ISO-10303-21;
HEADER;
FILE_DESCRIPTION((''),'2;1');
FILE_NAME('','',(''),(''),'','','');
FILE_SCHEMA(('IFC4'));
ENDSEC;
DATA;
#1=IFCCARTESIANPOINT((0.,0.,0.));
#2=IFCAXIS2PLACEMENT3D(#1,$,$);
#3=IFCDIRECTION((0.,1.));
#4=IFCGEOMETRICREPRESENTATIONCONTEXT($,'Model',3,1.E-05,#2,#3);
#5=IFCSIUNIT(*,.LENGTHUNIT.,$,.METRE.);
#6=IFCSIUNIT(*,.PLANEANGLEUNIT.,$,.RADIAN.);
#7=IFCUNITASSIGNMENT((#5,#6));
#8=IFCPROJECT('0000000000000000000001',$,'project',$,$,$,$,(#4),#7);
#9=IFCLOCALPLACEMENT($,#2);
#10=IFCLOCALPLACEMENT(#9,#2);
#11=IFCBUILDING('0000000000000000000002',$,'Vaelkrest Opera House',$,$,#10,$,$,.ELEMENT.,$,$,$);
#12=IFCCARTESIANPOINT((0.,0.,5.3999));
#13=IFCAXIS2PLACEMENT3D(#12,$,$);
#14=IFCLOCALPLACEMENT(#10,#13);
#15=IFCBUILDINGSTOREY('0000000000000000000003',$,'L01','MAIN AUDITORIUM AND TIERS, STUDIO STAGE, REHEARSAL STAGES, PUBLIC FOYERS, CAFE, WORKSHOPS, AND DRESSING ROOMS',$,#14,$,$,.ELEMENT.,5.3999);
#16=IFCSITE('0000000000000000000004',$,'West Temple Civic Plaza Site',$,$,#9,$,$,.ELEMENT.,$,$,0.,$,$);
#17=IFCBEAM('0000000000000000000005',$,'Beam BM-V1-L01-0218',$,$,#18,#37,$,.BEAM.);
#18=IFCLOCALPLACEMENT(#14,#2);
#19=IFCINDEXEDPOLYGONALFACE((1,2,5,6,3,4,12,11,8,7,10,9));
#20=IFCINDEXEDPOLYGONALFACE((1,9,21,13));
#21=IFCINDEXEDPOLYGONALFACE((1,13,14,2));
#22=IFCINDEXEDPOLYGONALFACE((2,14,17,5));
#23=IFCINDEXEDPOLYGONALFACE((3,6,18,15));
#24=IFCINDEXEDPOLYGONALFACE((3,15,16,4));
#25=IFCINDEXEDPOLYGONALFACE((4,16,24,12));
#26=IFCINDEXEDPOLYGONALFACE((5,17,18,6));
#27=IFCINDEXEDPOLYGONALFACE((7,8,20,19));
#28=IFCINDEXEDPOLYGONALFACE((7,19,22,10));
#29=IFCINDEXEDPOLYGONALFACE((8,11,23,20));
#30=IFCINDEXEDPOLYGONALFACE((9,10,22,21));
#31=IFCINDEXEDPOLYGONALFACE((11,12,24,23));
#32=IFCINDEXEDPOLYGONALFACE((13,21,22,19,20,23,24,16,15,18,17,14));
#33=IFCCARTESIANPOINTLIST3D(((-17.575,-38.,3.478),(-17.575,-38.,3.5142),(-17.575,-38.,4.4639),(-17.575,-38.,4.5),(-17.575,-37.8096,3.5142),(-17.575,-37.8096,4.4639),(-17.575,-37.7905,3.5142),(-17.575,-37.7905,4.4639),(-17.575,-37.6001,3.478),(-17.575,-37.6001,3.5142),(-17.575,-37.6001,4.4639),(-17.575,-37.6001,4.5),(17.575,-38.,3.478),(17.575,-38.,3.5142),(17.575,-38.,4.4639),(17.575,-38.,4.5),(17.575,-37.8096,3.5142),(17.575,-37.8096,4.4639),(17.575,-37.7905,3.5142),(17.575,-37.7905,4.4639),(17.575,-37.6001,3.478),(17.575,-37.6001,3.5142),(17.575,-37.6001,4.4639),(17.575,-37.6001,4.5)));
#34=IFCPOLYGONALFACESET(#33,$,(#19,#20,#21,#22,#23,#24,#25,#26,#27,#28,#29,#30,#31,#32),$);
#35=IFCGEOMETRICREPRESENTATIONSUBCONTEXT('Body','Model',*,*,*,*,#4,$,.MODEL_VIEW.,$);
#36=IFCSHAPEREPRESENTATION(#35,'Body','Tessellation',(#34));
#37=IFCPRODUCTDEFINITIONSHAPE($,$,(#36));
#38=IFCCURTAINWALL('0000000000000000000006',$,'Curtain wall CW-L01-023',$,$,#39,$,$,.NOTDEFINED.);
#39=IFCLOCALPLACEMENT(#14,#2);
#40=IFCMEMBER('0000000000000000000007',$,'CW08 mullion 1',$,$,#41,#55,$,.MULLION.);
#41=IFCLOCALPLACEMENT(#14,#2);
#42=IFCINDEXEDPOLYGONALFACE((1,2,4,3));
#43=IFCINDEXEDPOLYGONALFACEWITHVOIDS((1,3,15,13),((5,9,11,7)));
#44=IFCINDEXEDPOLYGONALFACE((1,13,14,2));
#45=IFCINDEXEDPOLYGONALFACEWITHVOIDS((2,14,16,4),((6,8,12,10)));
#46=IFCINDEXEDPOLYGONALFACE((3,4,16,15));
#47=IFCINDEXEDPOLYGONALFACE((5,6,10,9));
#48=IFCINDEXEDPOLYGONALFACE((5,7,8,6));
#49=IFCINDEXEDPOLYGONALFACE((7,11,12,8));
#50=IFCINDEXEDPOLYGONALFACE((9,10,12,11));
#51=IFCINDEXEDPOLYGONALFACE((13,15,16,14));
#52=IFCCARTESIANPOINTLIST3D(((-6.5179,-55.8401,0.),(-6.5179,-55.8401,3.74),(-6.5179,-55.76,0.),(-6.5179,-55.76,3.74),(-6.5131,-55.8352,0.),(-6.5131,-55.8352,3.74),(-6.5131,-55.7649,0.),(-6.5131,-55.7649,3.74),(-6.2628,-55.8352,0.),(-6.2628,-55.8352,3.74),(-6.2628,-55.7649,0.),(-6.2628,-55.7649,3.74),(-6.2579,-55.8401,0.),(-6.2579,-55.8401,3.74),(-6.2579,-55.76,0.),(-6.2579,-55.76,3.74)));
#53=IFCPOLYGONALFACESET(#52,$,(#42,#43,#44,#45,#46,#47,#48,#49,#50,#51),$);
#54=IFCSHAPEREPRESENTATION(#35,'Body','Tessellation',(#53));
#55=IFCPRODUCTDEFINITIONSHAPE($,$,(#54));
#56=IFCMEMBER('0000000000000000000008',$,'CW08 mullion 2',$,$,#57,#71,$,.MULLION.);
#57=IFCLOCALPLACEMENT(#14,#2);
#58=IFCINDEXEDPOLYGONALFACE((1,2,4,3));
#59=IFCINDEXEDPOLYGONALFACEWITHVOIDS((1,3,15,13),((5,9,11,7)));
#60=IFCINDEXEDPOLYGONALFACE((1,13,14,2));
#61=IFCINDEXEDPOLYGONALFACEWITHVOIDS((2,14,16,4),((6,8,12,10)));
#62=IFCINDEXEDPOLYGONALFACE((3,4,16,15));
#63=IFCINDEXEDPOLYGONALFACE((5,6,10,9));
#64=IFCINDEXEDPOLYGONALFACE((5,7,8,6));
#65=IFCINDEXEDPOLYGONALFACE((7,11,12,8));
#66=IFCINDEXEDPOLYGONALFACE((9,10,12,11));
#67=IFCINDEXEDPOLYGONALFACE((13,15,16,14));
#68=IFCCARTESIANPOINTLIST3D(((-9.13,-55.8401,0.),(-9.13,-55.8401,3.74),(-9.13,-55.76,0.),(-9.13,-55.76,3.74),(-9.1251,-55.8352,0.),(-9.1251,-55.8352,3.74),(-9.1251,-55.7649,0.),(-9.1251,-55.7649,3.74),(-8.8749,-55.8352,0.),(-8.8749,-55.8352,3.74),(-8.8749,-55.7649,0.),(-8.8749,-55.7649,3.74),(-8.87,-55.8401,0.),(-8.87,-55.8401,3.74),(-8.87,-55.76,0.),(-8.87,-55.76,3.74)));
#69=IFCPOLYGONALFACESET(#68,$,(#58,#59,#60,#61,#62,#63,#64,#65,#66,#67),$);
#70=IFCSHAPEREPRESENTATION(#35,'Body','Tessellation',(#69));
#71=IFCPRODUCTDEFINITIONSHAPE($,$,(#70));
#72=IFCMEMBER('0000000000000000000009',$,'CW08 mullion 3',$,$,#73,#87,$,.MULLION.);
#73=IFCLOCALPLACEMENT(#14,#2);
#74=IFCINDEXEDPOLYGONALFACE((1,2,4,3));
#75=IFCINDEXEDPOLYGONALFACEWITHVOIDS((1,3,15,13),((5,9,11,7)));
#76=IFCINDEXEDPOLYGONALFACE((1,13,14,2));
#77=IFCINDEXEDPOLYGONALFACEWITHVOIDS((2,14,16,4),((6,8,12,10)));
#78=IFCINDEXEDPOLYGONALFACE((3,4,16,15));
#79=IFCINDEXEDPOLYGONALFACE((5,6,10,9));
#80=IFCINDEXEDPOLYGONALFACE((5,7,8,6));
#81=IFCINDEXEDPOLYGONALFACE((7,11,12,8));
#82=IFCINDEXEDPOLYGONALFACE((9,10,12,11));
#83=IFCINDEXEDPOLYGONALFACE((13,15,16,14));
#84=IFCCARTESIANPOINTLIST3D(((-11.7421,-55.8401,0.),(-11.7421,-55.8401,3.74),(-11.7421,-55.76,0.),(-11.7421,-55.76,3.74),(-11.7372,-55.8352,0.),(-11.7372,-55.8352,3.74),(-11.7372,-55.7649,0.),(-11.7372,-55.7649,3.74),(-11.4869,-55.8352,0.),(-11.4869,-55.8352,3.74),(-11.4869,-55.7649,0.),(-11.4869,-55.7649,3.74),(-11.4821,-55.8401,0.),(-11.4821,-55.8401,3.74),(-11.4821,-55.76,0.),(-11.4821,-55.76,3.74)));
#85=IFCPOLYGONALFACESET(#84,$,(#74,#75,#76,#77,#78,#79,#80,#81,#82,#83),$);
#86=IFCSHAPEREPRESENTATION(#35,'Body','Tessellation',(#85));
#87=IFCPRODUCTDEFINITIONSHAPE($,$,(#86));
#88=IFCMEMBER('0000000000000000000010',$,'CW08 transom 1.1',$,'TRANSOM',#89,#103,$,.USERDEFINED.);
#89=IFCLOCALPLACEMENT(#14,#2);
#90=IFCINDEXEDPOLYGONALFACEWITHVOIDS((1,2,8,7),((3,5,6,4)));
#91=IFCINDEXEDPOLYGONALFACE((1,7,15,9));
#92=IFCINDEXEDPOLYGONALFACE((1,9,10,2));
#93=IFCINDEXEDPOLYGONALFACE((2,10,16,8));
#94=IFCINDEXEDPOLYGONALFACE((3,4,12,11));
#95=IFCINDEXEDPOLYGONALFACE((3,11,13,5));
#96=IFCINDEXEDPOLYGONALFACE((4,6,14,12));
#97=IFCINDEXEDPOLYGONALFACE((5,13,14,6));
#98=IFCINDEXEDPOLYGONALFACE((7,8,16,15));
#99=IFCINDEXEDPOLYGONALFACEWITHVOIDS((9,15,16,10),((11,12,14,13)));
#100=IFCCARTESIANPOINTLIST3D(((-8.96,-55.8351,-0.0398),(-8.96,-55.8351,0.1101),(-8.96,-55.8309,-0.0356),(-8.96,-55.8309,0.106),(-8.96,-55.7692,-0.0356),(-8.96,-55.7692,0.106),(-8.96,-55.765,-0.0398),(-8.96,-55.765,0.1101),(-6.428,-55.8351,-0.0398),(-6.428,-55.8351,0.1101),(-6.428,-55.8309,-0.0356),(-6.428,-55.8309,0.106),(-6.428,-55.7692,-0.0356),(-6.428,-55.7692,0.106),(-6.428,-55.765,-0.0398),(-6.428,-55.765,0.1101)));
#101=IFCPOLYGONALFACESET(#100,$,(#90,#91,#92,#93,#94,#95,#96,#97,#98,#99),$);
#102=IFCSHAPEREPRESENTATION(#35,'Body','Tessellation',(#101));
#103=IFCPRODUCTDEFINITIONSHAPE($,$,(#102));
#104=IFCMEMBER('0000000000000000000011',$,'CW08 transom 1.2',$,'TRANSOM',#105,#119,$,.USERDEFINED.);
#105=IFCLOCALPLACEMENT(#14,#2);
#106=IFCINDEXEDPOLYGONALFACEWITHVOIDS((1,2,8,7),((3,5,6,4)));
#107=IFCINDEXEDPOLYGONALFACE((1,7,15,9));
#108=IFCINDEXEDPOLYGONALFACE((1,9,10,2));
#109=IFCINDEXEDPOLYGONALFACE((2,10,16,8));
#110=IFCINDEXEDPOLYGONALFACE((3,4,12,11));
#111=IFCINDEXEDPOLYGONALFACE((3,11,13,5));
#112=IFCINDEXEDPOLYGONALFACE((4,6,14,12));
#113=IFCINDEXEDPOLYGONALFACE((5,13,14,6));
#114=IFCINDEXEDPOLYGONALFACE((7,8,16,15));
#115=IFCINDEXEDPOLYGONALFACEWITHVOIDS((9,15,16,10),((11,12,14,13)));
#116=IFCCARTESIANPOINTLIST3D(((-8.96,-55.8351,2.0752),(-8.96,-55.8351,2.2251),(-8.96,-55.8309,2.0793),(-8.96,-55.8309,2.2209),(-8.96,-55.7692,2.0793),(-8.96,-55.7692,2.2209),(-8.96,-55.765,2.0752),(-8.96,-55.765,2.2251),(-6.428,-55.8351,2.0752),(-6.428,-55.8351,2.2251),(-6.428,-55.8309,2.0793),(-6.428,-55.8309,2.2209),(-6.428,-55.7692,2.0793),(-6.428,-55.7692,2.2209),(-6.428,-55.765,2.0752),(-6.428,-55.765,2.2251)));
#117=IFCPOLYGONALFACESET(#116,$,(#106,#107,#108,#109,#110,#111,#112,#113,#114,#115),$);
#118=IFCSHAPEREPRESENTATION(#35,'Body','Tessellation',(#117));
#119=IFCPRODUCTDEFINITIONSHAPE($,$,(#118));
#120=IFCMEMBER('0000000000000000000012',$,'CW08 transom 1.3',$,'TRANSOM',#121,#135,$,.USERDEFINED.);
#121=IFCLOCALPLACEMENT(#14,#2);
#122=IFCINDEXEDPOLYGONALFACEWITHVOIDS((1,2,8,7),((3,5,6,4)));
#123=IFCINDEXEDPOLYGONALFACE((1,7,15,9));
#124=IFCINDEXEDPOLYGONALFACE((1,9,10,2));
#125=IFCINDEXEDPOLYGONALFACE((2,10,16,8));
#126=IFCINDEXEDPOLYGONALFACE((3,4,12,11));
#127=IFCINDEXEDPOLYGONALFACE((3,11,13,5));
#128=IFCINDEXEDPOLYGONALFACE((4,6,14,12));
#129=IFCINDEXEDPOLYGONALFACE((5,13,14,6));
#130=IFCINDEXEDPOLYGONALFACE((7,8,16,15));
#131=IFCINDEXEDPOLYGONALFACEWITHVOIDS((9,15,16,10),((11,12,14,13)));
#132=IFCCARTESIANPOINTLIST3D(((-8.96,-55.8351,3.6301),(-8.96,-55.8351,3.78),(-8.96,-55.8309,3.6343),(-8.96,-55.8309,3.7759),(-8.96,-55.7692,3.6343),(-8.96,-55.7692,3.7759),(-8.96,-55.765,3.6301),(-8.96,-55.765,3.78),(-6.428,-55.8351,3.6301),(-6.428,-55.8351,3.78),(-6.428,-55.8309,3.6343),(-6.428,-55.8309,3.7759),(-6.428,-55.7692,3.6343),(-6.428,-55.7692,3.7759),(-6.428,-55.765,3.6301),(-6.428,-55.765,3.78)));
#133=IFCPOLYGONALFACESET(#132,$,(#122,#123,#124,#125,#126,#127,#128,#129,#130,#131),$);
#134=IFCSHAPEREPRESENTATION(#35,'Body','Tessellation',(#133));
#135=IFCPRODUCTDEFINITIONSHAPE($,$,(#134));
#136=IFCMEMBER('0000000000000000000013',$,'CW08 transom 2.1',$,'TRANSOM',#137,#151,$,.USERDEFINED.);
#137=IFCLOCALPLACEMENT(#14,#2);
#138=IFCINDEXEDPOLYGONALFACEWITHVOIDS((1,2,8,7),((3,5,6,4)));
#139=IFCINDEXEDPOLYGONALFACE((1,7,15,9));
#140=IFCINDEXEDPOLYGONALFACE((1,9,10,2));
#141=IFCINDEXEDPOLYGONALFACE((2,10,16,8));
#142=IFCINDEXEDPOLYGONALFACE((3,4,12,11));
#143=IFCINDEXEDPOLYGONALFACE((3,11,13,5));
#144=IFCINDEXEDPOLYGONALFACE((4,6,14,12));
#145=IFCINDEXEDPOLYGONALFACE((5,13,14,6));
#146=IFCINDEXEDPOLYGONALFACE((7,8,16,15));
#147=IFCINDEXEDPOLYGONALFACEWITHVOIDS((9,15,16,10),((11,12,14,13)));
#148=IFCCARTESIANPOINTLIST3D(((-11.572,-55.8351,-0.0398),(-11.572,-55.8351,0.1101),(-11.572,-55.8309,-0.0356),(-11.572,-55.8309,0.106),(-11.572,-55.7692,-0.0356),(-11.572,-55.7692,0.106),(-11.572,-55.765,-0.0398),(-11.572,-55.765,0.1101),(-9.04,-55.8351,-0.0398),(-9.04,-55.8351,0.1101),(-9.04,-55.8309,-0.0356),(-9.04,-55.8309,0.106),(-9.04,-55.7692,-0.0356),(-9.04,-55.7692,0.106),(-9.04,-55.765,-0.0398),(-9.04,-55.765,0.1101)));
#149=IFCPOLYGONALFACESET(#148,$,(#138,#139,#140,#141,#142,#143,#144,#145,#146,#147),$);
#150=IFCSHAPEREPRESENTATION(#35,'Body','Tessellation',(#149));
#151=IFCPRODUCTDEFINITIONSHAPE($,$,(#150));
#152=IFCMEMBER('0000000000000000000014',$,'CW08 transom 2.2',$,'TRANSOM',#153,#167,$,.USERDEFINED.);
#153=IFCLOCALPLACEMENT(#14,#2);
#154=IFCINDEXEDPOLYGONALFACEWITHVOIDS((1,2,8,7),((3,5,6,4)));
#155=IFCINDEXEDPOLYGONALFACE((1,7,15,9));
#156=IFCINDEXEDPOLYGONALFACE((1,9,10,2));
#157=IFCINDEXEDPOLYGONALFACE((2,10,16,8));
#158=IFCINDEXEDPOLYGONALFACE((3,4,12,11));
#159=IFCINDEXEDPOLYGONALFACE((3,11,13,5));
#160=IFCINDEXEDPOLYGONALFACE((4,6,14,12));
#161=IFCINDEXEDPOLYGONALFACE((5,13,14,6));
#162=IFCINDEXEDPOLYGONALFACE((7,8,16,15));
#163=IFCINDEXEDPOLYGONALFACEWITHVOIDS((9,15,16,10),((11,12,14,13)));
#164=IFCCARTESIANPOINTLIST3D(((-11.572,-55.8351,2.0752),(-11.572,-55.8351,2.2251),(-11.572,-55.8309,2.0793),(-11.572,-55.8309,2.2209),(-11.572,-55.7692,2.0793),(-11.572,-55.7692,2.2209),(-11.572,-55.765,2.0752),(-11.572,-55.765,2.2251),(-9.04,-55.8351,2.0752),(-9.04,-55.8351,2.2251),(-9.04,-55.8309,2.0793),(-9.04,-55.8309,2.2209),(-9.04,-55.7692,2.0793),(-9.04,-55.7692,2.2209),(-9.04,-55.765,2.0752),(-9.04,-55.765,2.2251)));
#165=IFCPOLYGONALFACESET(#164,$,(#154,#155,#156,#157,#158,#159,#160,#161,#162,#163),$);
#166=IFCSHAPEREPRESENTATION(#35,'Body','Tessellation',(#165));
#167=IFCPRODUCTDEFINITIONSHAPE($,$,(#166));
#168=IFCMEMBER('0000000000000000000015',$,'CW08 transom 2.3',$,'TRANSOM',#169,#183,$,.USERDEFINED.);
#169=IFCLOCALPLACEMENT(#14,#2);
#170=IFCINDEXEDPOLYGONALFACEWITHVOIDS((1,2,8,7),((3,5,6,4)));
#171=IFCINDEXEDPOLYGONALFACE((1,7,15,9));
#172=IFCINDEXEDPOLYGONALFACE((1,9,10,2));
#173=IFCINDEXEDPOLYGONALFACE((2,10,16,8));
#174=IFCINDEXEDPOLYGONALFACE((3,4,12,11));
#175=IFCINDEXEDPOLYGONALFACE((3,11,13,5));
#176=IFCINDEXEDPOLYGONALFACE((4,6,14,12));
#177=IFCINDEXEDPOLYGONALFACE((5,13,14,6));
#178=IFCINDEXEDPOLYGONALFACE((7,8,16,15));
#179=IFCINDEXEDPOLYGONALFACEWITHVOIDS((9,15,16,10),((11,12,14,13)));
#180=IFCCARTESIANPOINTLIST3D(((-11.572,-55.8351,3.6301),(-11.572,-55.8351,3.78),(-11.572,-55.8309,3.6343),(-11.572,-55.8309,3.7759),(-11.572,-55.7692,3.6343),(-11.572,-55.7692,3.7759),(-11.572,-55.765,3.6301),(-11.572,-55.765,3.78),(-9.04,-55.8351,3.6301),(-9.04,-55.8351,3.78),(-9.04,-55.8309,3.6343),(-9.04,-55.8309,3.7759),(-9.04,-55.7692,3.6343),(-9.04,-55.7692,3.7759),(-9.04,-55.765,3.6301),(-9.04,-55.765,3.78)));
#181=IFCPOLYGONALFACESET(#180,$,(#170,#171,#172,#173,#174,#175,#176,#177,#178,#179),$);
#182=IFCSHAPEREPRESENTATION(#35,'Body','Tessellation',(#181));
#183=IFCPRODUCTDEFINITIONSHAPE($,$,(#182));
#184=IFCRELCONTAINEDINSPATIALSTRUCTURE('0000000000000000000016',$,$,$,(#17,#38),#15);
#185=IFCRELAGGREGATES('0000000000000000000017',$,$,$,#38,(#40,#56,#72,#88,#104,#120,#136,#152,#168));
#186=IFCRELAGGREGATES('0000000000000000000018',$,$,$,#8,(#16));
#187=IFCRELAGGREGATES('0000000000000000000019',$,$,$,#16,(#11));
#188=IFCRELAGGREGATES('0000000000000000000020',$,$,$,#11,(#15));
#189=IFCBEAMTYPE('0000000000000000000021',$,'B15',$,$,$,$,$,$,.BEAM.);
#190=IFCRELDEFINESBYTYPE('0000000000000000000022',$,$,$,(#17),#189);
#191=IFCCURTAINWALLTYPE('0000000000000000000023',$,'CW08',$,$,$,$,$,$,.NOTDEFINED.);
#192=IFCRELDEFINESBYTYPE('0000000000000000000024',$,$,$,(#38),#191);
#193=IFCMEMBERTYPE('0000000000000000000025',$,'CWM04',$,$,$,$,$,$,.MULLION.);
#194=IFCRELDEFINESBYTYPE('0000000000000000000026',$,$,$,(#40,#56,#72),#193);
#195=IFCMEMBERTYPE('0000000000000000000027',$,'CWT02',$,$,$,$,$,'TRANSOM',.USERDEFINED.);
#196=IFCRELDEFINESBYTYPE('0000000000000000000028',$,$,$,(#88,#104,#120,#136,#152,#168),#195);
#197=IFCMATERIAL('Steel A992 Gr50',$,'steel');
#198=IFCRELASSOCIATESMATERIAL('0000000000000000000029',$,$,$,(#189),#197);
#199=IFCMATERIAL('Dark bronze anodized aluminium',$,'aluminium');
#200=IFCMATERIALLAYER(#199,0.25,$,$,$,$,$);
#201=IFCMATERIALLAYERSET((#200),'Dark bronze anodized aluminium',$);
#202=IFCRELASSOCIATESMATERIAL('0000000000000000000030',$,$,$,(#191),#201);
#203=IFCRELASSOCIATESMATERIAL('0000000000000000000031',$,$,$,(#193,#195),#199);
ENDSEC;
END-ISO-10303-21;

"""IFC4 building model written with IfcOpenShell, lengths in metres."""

from ifc_helpers import new_model, si_unit, direction, frame, origin, origin_2d, place, context, subcontext, project, spatial, hollow_rectangle, i_section, extrude, material, layer, layer_set, material_profile, profile_set, type_object, element, aggregate, save


model = new_model("IFC4")

# Units and contexts
model_context = context("Model", 3, precision=1e-05, world=origin(), true_north=direction((0.0, 1.0)))
body_context = subcontext(model_context, "Body", "Model", "MODEL_VIEW")
ifc_project = project(units=[si_unit("LENGTHUNIT", "METRE"), si_unit("PLANEANGLEUNIT", "RADIAN")], contexts=[model_context])

# Site, building, storey
site_placement = place(None, origin())
site = spatial("IfcSite", under=ifc_project, at=site_placement, Name="West Temple Civic Plaza Site", CompositionType="ELEMENT", RefElevation=0.0)
building_placement = place(site_placement, origin())
building = spatial("IfcBuilding", under=site, at=building_placement, Name="Vaelkrest Opera House", CompositionType="ELEMENT")
storey_placement = place(building_placement, frame((0.0, 0.0, 5.3999)))
storey = spatial("IfcBuildingStorey", under=building, at=storey_placement, Name="L01", Description="MAIN AUDITORIUM AND TIERS, STUDIO STAGE, REHEARSAL STAGES, PUBLIC FOYERS, CAFE, WORKSHOPS, AND DRESSING ROOMS", CompositionType="ELEMENT", Elevation=5.3999)

# Beam
ifc_material_1 = material(Name="Steel A992 Gr50", Category="steel")
ifc_material_profile_1 = material_profile(ifc_material_1, i_section(OverallWidth=0.3999, OverallDepth=1.022, WebThickness=0.019, FlangeThickness=0.0361, at=origin_2d()), Name="W40X249")
ifc_profile_set_1 = profile_set([ifc_material_profile_1], Name="Steel A992 Gr50")
beam_type_1 = type_object("IfcBeamType", Name="B15", PredefinedType="BEAM", material=ifc_profile_set_1)
for number, where, z_axis, x_axis, name in (
    (1, (-17.575, -37.8, 3.989), (1.0, 0.0, 0.0), (0.0, 1.0, 0.0), "Beam BM-V1-L01-0218"),
):
    element("IfcBeam", number, at=place(storey_placement, frame(where, z_axis=z_axis, x_axis=x_axis)), inside=storey, type_object=beam_type_1, Name=name, PredefinedType="BEAM", context=body_context, shape_type="SweptSolid", body=[
        extrude(i_section(OverallWidth=0.3999, OverallDepth=1.022, WebThickness=0.019, FlangeThickness=0.0361, at=origin_2d()), origin(), (0.0, 0.0, 1.0), 35.1499),
    ])

# Curtain wall, members
ifc_material_2 = material(Name="Dark bronze anodized aluminium", Category="aluminium")
ifc_layer_1 = layer(ifc_material_2, 0.25)
ifc_layer_set_1 = layer_set([ifc_layer_1], Name="Dark bronze anodized aluminium")
curtain_wall_type = type_object("IfcCurtainWallType", Name="CW08", PredefinedType="NOTDEFINED", material=ifc_layer_set_1)
curtain_wall_placement = place(storey_placement, origin())
curtain_wall = element("IfcCurtainWall", 2, at=curtain_wall_placement, inside=storey, type_object=curtain_wall_type, Name="Curtain wall CW-L01-023", PredefinedType="NOTDEFINED")
ifc_material_profile_2 = material_profile(ifc_material_2, hollow_rectangle(XDim=0.0801, YDim=0.26, WallThickness=0.0049, at=origin_2d()), Name="CWM80X260")
ifc_profile_set_2 = profile_set([ifc_material_profile_2], Name="Dark bronze anodized aluminium")
member_type_1 = type_object("IfcMemberType", Name="CWM04", PredefinedType="MULLION", material=ifc_profile_set_2)
member_1_placement = place(storey_placement, frame((-6.3879, -55.8, 0.0), z_axis=(0.0, 0.0, 1.0), x_axis=(0.0, -1.0, 0.0)))
member_1 = element("IfcMember", 3, at=member_1_placement, type_object=member_type_1, Name="CW08 mullion 1", PredefinedType="MULLION", context=body_context, shape_type="SweptSolid", body=[
    extrude(hollow_rectangle(XDim=0.0801, YDim=0.26, WallThickness=0.0049, at=origin_2d()), origin(), (0.0, 0.0, 1.0), 3.74),
])
member_2_placement = place(storey_placement, frame((-9.0, -55.8, 0.0), z_axis=(0.0, 0.0, 1.0), x_axis=(0.0, -1.0, 0.0)))
member_2 = element("IfcMember", 4, at=member_2_placement, type_object=member_type_1, Name="CW08 mullion 2", PredefinedType="MULLION", context=body_context, shape_type="SweptSolid", body=[
    extrude(hollow_rectangle(XDim=0.0801, YDim=0.26, WallThickness=0.0049, at=origin_2d()), origin(), (0.0, 0.0, 1.0), 3.74),
])
member_3_placement = place(storey_placement, frame((-11.6121, -55.8, 0.0), z_axis=(0.0, 0.0, 1.0), x_axis=(0.0, -1.0, 0.0)))
member_3 = element("IfcMember", 5, at=member_3_placement, type_object=member_type_1, Name="CW08 mullion 3", PredefinedType="MULLION", context=body_context, shape_type="SweptSolid", body=[
    extrude(hollow_rectangle(XDim=0.0801, YDim=0.26, WallThickness=0.0049, at=origin_2d()), origin(), (0.0, 0.0, 1.0), 3.74),
])
ifc_material_profile_3 = material_profile(ifc_material_2, hollow_rectangle(XDim=0.0701, YDim=0.1499, WallThickness=0.0042, at=origin_2d()), Name="CWT70X150")
ifc_profile_set_3 = profile_set([ifc_material_profile_3], Name="Dark bronze anodized aluminium")
member_type_2 = type_object("IfcMemberType", Name="CWT02", ElementType="TRANSOM", PredefinedType="USERDEFINED", material=ifc_profile_set_3)
member_4_placement = place(storey_placement, frame((-6.428, -55.8, 0.0352), z_axis=(-1.0, 0.0, 0.0), x_axis=(0.0, -1.0, 0.0)))
member_4 = element("IfcMember", 6, at=member_4_placement, type_object=member_type_2, Name="CW08 transom 1.1", ObjectType="TRANSOM", PredefinedType="USERDEFINED", context=body_context, shape_type="SweptSolid", body=[
    extrude(hollow_rectangle(XDim=0.0701, YDim=0.1499, WallThickness=0.0042, at=origin_2d()), origin(), (0.0, 0.0, 1.0), 2.532),
])
member_5_placement = place(storey_placement, frame((-6.428, -55.8, 2.1501), z_axis=(-1.0, 0.0, 0.0), x_axis=(0.0, -1.0, 0.0)))
member_5 = element("IfcMember", 7, at=member_5_placement, type_object=member_type_2, Name="CW08 transom 1.2", ObjectType="TRANSOM", PredefinedType="USERDEFINED", context=body_context, shape_type="SweptSolid", body=[
    extrude(hollow_rectangle(XDim=0.0701, YDim=0.1499, WallThickness=0.0042, at=origin_2d()), origin(), (0.0, 0.0, 1.0), 2.532),
])
member_6_placement = place(storey_placement, frame((-6.428, -55.8, 3.7051), z_axis=(-1.0, 0.0, 0.0), x_axis=(0.0, -1.0, 0.0)))
member_6 = element("IfcMember", 8, at=member_6_placement, type_object=member_type_2, Name="CW08 transom 1.3", ObjectType="TRANSOM", PredefinedType="USERDEFINED", context=body_context, shape_type="SweptSolid", body=[
    extrude(hollow_rectangle(XDim=0.0701, YDim=0.1499, WallThickness=0.0042, at=origin_2d()), origin(), (0.0, 0.0, 1.0), 2.532),
])
member_7_placement = place(storey_placement, frame((-9.04, -55.8, 0.0352), z_axis=(-1.0, 0.0, 0.0), x_axis=(0.0, -1.0, 0.0)))
member_7 = element("IfcMember", 9, at=member_7_placement, type_object=member_type_2, Name="CW08 transom 2.1", ObjectType="TRANSOM", PredefinedType="USERDEFINED", context=body_context, shape_type="SweptSolid", body=[
    extrude(hollow_rectangle(XDim=0.0701, YDim=0.1499, WallThickness=0.0042, at=origin_2d()), origin(), (0.0, 0.0, 1.0), 2.532),
])
member_8_placement = place(storey_placement, frame((-9.04, -55.8, 2.1501), z_axis=(-1.0, 0.0, 0.0), x_axis=(0.0, -1.0, 0.0)))
member_8 = element("IfcMember", 10, at=member_8_placement, type_object=member_type_2, Name="CW08 transom 2.2", ObjectType="TRANSOM", PredefinedType="USERDEFINED", context=body_context, shape_type="SweptSolid", body=[
    extrude(hollow_rectangle(XDim=0.0701, YDim=0.1499, WallThickness=0.0042, at=origin_2d()), origin(), (0.0, 0.0, 1.0), 2.532),
])
member_9_placement = place(storey_placement, frame((-9.04, -55.8, 3.7051), z_axis=(-1.0, 0.0, 0.0), x_axis=(0.0, -1.0, 0.0)))
member_9 = element("IfcMember", 11, at=member_9_placement, type_object=member_type_2, Name="CW08 transom 2.3", ObjectType="TRANSOM", PredefinedType="USERDEFINED", context=body_context, shape_type="SweptSolid", body=[
    extrude(hollow_rectangle(XDim=0.0701, YDim=0.1499, WallThickness=0.0042, at=origin_2d()), origin(), (0.0, 0.0, 1.0), 2.532),
])

aggregate(curtain_wall, [member_1, member_2, member_3, member_4, member_5, member_6, member_7, member_8, member_9])

save(model, "model.ifc")
